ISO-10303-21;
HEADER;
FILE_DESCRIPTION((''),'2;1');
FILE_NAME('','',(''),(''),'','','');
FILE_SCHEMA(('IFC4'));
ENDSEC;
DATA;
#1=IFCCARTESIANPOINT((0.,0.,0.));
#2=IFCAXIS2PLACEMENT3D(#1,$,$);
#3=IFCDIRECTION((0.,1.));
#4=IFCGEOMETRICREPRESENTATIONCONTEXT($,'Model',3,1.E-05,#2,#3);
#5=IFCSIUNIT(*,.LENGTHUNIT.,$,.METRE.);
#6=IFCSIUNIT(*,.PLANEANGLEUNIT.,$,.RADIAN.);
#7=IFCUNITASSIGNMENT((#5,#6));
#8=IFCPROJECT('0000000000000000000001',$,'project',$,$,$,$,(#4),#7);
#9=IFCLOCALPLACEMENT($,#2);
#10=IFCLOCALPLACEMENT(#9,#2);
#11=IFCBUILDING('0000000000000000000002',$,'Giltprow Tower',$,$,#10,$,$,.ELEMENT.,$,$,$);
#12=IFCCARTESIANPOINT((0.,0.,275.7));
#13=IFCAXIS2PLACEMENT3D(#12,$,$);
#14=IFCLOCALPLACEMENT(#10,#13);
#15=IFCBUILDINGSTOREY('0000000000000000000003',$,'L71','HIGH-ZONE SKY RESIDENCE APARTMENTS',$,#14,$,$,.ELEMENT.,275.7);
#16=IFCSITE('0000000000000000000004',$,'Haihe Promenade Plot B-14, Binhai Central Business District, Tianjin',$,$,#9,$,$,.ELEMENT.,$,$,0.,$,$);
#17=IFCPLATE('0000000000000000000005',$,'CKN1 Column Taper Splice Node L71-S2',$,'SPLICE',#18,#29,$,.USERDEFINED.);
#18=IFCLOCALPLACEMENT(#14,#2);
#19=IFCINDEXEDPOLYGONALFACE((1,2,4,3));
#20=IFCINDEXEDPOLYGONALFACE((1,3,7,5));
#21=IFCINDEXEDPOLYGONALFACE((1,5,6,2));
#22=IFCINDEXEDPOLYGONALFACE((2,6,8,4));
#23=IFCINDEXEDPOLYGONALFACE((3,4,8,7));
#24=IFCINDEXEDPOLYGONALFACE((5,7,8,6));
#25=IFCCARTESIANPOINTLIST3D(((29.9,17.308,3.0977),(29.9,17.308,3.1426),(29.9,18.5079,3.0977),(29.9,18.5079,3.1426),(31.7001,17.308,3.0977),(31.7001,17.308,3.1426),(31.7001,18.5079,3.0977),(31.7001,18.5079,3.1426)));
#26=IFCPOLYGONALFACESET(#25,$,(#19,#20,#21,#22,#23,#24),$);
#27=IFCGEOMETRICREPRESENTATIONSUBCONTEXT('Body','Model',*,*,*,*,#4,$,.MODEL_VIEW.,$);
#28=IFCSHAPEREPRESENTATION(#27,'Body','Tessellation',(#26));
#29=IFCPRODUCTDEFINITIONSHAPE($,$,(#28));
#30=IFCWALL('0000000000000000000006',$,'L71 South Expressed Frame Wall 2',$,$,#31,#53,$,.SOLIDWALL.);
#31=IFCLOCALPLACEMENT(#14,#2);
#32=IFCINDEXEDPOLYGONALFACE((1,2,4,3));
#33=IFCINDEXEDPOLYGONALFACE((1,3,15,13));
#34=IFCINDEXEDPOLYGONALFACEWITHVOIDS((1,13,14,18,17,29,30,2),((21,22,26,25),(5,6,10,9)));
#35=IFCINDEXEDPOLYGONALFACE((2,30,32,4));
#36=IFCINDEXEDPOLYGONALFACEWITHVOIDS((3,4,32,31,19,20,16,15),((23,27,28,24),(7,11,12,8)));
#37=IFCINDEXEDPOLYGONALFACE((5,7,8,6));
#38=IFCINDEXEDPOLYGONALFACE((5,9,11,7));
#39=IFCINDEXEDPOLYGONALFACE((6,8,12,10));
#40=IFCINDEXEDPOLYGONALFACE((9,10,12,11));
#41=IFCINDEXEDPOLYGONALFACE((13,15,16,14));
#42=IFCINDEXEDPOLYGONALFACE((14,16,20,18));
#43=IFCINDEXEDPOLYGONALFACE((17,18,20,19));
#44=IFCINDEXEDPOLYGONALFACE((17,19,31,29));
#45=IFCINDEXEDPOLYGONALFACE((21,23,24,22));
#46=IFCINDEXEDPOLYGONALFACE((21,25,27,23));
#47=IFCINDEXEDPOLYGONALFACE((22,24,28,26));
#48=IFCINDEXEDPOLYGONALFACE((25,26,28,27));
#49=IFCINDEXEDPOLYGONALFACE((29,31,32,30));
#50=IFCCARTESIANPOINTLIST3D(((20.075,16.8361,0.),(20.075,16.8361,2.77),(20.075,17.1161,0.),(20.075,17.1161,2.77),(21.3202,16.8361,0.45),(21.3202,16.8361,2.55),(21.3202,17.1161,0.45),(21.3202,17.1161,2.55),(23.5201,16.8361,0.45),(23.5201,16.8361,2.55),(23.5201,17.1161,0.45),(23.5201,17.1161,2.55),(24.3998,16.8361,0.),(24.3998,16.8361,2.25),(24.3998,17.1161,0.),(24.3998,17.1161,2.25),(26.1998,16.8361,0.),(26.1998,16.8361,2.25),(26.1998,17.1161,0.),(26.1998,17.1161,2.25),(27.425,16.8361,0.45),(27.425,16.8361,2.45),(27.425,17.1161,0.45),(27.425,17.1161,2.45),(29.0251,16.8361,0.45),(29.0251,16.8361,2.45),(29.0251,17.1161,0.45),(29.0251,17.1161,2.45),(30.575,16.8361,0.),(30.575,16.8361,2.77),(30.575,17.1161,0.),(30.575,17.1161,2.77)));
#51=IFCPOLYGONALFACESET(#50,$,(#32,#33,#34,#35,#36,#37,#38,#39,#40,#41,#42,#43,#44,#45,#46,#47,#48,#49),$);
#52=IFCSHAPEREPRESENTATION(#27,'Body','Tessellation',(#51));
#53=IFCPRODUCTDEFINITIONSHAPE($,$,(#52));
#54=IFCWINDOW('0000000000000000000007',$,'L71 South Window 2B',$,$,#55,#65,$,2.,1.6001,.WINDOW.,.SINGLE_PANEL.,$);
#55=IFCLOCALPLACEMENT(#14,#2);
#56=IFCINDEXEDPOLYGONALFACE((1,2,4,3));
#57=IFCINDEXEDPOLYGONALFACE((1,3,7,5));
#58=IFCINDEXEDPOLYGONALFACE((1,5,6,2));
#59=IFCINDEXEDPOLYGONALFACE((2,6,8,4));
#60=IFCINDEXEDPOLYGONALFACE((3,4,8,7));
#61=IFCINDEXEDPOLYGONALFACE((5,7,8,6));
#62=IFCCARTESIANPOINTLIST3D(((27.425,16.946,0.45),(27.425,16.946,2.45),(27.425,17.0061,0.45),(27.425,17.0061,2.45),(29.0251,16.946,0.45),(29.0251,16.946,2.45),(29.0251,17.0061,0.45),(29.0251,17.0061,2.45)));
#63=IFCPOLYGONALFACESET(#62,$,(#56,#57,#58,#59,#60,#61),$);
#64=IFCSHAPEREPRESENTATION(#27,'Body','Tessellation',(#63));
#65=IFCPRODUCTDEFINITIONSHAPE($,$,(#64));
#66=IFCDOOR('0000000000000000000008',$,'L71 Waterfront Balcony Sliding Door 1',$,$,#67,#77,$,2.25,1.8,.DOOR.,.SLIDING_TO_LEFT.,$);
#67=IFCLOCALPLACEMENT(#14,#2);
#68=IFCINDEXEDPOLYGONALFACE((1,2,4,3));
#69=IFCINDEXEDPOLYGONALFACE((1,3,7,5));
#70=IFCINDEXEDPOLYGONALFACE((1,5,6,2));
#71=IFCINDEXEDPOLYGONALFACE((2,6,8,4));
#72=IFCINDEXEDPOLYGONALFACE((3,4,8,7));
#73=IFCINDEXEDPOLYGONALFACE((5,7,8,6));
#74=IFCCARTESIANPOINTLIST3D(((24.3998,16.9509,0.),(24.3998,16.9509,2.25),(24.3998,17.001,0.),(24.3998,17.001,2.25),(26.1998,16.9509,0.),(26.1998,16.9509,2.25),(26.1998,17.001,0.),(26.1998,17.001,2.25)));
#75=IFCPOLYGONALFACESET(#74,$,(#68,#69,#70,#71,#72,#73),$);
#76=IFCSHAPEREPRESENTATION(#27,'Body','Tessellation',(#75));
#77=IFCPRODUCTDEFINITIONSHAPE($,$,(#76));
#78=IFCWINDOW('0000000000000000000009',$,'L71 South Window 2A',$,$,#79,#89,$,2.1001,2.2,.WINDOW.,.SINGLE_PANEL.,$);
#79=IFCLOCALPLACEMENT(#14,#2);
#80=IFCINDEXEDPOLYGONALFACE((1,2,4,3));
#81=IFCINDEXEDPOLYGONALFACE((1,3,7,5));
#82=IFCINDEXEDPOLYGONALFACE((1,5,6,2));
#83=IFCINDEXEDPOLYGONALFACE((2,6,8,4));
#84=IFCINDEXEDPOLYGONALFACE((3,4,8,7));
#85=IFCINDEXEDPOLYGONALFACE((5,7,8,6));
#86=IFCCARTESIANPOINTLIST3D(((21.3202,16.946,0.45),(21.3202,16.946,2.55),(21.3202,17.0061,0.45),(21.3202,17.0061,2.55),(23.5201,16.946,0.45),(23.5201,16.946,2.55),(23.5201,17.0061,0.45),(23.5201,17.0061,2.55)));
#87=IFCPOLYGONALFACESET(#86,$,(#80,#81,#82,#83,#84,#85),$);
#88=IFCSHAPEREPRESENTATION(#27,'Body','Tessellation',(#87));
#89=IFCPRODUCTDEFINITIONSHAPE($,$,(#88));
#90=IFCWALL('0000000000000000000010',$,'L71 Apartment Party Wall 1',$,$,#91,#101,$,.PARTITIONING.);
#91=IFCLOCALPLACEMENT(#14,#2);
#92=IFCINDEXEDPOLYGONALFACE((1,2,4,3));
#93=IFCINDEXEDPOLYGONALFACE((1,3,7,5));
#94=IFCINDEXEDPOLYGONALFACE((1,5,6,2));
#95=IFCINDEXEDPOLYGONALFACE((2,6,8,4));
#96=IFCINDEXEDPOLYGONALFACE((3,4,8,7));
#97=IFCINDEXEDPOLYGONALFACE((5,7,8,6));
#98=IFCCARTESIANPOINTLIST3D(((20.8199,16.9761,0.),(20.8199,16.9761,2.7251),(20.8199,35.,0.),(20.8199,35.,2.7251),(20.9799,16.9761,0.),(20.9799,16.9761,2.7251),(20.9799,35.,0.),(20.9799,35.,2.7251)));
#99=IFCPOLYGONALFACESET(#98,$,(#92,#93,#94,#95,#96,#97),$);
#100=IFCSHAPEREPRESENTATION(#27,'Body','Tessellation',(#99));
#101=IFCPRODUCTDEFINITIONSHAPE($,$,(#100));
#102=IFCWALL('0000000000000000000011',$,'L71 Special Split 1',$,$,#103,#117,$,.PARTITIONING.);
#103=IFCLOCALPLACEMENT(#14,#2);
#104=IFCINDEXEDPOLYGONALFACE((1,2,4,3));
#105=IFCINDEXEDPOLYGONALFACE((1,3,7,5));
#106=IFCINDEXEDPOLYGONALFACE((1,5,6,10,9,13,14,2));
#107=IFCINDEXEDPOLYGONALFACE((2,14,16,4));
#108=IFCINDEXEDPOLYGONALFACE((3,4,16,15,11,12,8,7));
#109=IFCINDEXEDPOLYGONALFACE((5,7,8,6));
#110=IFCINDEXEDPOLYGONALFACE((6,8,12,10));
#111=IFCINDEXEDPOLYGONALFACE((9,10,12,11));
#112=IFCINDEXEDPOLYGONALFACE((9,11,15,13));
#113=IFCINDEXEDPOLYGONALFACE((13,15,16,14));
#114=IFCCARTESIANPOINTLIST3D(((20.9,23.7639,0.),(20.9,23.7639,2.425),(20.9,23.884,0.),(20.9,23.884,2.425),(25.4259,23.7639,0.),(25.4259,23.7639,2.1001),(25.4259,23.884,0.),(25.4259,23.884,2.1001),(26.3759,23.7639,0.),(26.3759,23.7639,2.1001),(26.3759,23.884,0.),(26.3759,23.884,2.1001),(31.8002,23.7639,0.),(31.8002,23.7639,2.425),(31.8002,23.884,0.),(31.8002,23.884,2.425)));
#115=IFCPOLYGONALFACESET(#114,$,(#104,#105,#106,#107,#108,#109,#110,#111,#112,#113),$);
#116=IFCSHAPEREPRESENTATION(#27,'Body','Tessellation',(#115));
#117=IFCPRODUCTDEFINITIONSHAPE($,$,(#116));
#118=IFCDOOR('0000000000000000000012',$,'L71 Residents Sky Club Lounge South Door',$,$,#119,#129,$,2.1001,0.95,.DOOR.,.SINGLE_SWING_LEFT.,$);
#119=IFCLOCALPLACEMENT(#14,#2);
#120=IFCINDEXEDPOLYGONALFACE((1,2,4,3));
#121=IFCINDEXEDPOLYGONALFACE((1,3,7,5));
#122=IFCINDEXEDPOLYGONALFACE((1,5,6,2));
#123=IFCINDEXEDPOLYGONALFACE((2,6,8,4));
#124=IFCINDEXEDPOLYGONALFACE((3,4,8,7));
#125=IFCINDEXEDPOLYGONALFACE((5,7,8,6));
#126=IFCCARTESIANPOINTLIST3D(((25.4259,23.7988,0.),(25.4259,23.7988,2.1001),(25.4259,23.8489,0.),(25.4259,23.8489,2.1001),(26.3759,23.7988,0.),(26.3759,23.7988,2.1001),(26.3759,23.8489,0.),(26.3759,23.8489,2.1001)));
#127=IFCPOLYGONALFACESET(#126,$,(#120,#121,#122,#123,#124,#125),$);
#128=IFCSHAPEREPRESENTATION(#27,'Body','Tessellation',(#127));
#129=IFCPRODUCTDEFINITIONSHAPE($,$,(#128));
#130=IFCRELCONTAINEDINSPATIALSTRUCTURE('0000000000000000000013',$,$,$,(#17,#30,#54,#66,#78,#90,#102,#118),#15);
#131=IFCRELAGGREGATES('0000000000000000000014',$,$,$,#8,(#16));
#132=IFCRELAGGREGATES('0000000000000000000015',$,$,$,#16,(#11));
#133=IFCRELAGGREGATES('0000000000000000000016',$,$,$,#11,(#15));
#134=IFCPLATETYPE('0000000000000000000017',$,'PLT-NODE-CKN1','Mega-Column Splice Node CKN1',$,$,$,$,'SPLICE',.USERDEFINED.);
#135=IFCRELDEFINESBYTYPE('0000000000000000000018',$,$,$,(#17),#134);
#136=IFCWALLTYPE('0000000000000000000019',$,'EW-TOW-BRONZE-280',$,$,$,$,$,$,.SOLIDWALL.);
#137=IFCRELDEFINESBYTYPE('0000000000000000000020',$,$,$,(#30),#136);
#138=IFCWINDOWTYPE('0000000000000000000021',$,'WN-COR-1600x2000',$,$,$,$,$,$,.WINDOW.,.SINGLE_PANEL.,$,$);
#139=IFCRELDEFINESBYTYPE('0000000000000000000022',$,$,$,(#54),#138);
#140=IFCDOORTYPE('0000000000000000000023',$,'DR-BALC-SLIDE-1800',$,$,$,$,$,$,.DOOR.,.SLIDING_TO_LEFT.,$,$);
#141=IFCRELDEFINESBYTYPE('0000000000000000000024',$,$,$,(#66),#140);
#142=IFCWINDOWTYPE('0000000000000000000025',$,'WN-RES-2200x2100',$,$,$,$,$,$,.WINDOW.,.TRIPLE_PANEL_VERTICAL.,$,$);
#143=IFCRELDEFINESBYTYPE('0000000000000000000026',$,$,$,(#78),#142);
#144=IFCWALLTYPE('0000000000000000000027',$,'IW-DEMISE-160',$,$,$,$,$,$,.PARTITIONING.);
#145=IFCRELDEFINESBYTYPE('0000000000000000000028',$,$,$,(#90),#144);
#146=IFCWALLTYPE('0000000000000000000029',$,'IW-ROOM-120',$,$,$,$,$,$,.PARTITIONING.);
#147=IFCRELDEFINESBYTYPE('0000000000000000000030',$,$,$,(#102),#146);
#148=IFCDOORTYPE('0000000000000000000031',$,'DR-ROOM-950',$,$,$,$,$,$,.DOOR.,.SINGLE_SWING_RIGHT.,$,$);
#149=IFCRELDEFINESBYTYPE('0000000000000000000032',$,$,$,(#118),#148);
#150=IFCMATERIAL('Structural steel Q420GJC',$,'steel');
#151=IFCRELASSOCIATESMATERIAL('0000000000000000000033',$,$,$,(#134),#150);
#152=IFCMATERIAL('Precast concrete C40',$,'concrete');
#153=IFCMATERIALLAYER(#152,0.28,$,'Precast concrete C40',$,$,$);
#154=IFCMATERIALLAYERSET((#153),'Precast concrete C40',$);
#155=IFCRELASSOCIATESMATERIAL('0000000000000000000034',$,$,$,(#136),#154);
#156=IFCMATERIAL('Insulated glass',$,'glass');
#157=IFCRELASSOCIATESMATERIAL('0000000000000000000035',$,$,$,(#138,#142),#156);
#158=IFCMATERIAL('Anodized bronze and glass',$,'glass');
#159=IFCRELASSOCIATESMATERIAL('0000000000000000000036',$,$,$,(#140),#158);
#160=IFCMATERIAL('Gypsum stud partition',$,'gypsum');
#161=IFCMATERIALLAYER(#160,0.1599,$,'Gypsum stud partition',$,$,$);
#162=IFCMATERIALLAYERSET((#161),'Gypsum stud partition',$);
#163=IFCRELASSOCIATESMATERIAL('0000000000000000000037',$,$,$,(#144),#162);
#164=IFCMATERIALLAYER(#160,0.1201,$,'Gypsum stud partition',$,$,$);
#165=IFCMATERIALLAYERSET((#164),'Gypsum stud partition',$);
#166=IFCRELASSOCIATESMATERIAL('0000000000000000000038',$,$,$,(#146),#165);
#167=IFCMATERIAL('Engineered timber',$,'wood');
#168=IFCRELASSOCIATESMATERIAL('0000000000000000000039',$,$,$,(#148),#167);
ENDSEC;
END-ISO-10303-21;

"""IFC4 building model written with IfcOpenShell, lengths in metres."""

from ifc_helpers import new_model, si_unit, direction, frame, frame_2d, origin, origin_2d, place, context, subcontext, project, spatial, rectangle, extrude, source, transform, mapped, material, layer, layer_set, type_object, element, fill, save


model = new_model("IFC4")

# Units and contexts
model_context = context("Model", 3, precision=1e-05, world=origin(), true_north=direction((0.0, 1.0)))
body_context = subcontext(model_context, "Body", "Model", "MODEL_VIEW")
ifc_project = project(units=[si_unit("LENGTHUNIT", "METRE"), si_unit("PLANEANGLEUNIT", "RADIAN")], contexts=[model_context])

# Site, building, storey
site_placement = place(None, origin())
site = spatial("IfcSite", under=ifc_project, at=site_placement, Name="Haihe Promenade Plot B-14, Binhai Central Business District, Tianjin", CompositionType="ELEMENT", RefElevation=0.0)
building_placement = place(site_placement, origin())
building = spatial("IfcBuilding", under=site, at=building_placement, Name="Giltprow Tower", CompositionType="ELEMENT")
storey_placement = place(building_placement, frame((0.0, 0.0, 275.7)))
storey = spatial("IfcBuildingStorey", under=building, at=storey_placement, Name="L71", Description="HIGH-ZONE SKY RESIDENCE APARTMENTS", CompositionType="ELEMENT", Elevation=275.7)

# Plate
ifc_material_1 = material(Name="Structural steel Q420GJC", Category="steel")
plate_type = type_object("IfcPlateType", Name="PLT-NODE-CKN1", Description="Mega-Column Splice Node CKN1", ElementType="SPLICE", PredefinedType="USERDEFINED", material=ifc_material_1)
shared_shape_1 = source(origin(), body_context, "Body", "SweptSolid", [
    extrude(rectangle(XDim=1.8, YDim=1.2, at=origin_2d()), origin(), (0.0, 0.0, 1.0), 0.0449),
])
plate_placement = place(storey_placement, frame((30.8, 17.908, 3.0977), z_axis=(0.0, 0.0, 1.0), x_axis=(1.0, 0.0, 0.0)))
element("IfcPlate", 1, at=plate_placement, inside=storey, type_object=plate_type, Name="CKN1 Column Taper Splice Node L71-S2", ObjectType="SPLICE", PredefinedType="USERDEFINED", context=body_context, shape_type="MappedRepresentation", body=[
    mapped(shared_shape_1, transform((0.0, 0.0, 0.0), x_axis=(1.0, 0.0, 0.0), y_axis=(0.0, 1.0, 0.0), z_axis=(0.0, 0.0, 1.0), scale=1.0)),
])

# Wall, openings, windows, door
ifc_material_2 = material(Name="Precast concrete C40", Category="concrete")
ifc_layer_1 = layer(ifc_material_2, 0.28, Name="Precast concrete C40")
ifc_layer_set_1 = layer_set([ifc_layer_1], Name="Precast concrete C40")
wall_type_1 = type_object("IfcWallType", Name="EW-TOW-BRONZE-280", PredefinedType="SOLIDWALL", material=ifc_layer_set_1)
wall_1_placement = place(storey_placement, frame((20.075, 16.9761, 0.0), z_axis=(0.0, 0.0, 1.0), x_axis=(1.0, 0.0, 0.0)))
wall_1 = element("IfcWall", 2, at=wall_1_placement, inside=storey, type_object=wall_type_1, Name="L71 South Expressed Frame Wall 2", PredefinedType="SOLIDWALL", context=body_context, shape_type="SweptSolid", body=[
    extrude(rectangle(XDim=10.5, YDim=0.28, at=frame_2d((5.25, 0.0))), origin(), (0.0, 0.0, 1.0), 2.77),
])
opening_1_placement = place(wall_1_placement, frame((4.325, 0.0, 0.0)))
opening_1 = element("IfcOpeningElement", 3, at=opening_1_placement, cuts=wall_1, PredefinedType="OPENING", context=body_context, shape_type="SweptSolid", body=[
    extrude(rectangle(XDim=1.8, YDim=2.25, at=frame_2d((0.8999, 1.125))), frame((0.0, 0.1499, 0.0), z_axis=(0.0, -1.0, 0.0), x_axis=(1.0, 0.0, 0.0)), (0.0, 0.0, 1.0), 0.3),
])
opening_2_placement = place(wall_1_placement, frame((1.2451, 0.0, 0.45)))
opening_2 = element("IfcOpeningElement", 4, at=opening_2_placement, cuts=wall_1, PredefinedType="OPENING", context=body_context, shape_type="SweptSolid", body=[
    extrude(rectangle(XDim=2.2, YDim=2.1001, at=frame_2d((1.1001, 1.05))), frame((0.0, 0.1499, 0.0), z_axis=(0.0, -1.0, 0.0), x_axis=(1.0, 0.0, 0.0)), (0.0, 0.0, 1.0), 0.3),
])
opening_3_placement = place(wall_1_placement, frame((7.3501, 0.0, 0.45)))
opening_3 = element("IfcOpeningElement", 5, at=opening_3_placement, cuts=wall_1, PredefinedType="OPENING", context=body_context, shape_type="SweptSolid", body=[
    extrude(rectangle(XDim=1.6001, YDim=2.0, at=frame_2d((0.8, 1.0))), frame((0.0, 0.1499, 0.0), z_axis=(0.0, -1.0, 0.0), x_axis=(1.0, 0.0, 0.0)), (0.0, 0.0, 1.0), 0.3),
])
ifc_material_3 = material(Name="Insulated glass", Category="glass")
window_type_1 = type_object("IfcWindowType", Name="WN-COR-1600x2000", PartitioningType="SINGLE_PANEL", PredefinedType="WINDOW", material=ifc_material_3)
shared_shape_2 = source(origin(), body_context, "Body", "SweptSolid", [
    extrude(rectangle(XDim=1.6001, YDim=2.0, at=frame_2d((0.8, 1.0))), frame((0.0, 0.03, 0.0), z_axis=(0.0, -1.0, 0.0), x_axis=(1.0, 0.0, 0.0)), (0.0, 0.0, 1.0), 0.0601),
])
window_1_placement = place(opening_3_placement, origin())
window_1 = element("IfcWindow", 6, at=window_1_placement, inside=storey, type_object=window_type_1, Name="L71 South Window 2B", OverallHeight=2.0, OverallWidth=1.6001, PartitioningType="SINGLE_PANEL", PredefinedType="WINDOW", context=body_context, shape_type="MappedRepresentation", body=[
    mapped(shared_shape_2, transform((0.0, 0.0, 0.0), x_axis=(1.0, 0.0, 0.0), y_axis=(0.0, 1.0, 0.0), z_axis=(0.0, 0.0, 1.0), scale=1.0)),
])
fill(opening_3, window_1)
ifc_material_4 = material(Name="Anodized bronze and glass", Category="glass")
door_type_1 = type_object("IfcDoorType", Name="DR-BALC-SLIDE-1800", OperationType="SLIDING_TO_LEFT", PredefinedType="DOOR", material=ifc_material_4)
shared_shape_3 = source(origin(), body_context, "Body", "SweptSolid", [
    extrude(rectangle(XDim=1.8, YDim=2.25, at=frame_2d((0.8999, 1.125))), frame((0.0, 0.0249, 0.0), z_axis=(0.0, -1.0, 0.0), x_axis=(1.0, 0.0, 0.0)), (0.0, 0.0, 1.0), 0.05),
])
door_1_placement = place(opening_1_placement, origin())
door_1 = element("IfcDoor", 7, at=door_1_placement, inside=storey, type_object=door_type_1, Name="L71 Waterfront Balcony Sliding Door 1", OperationType="SLIDING_TO_LEFT", OverallHeight=2.25, OverallWidth=1.8, PredefinedType="DOOR", context=body_context, shape_type="MappedRepresentation", body=[
    mapped(shared_shape_3, transform((0.0, 0.0, 0.0), x_axis=(1.0, 0.0, 0.0), y_axis=(0.0, 1.0, 0.0), z_axis=(0.0, 0.0, 1.0), scale=1.0)),
])
fill(opening_1, door_1)
window_type_2 = type_object("IfcWindowType", Name="WN-RES-2200x2100", PartitioningType="TRIPLE_PANEL_VERTICAL", PredefinedType="WINDOW", material=ifc_material_3)
shared_shape_4 = source(origin(), body_context, "Body", "SweptSolid", [
    extrude(rectangle(XDim=2.2, YDim=2.1001, at=frame_2d((1.1001, 1.05))), frame((0.0, 0.03, 0.0), z_axis=(0.0, -1.0, 0.0), x_axis=(1.0, 0.0, 0.0)), (0.0, 0.0, 1.0), 0.0601),
])
window_2_placement = place(opening_2_placement, origin())
window_2 = element("IfcWindow", 8, at=window_2_placement, inside=storey, type_object=window_type_2, Name="L71 South Window 2A", OverallHeight=2.1001, OverallWidth=2.2, PartitioningType="SINGLE_PANEL", PredefinedType="WINDOW", context=body_context, shape_type="MappedRepresentation", body=[
    mapped(shared_shape_4, transform((0.0, 0.0, 0.0), x_axis=(1.0, 0.0, 0.0), y_axis=(0.0, 1.0, 0.0), z_axis=(0.0, 0.0, 1.0), scale=1.0)),
])
fill(opening_2, window_2)

# Wall
ifc_material_5 = material(Name="Gypsum stud partition", Category="gypsum")
ifc_layer_2 = layer(ifc_material_5, 0.1599, Name="Gypsum stud partition")
ifc_layer_set_2 = layer_set([ifc_layer_2], Name="Gypsum stud partition")
wall_type_2 = type_object("IfcWallType", Name="IW-DEMISE-160", PredefinedType="PARTITIONING", material=ifc_layer_set_2)
wall_2_placement = place(storey_placement, frame((20.8999, 16.9761, 0.0), z_axis=(0.0, 0.0, 1.0), x_axis=(0.0, 1.0, 0.0)))
element("IfcWall", 9, at=wall_2_placement, inside=storey, type_object=wall_type_2, Name="L71 Apartment Party Wall 1", PredefinedType="PARTITIONING", context=body_context, shape_type="SweptSolid", body=[
    extrude(rectangle(XDim=18.0239, YDim=0.1599, at=frame_2d((9.012, 0.0))), origin(), (0.0, 0.0, 1.0), 2.7251),
])

# Wall, opening, door
ifc_layer_3 = layer(ifc_material_5, 0.1201, Name="Gypsum stud partition")
ifc_layer_set_3 = layer_set([ifc_layer_3], Name="Gypsum stud partition")
wall_type_3 = type_object("IfcWallType", Name="IW-ROOM-120", PredefinedType="PARTITIONING", material=ifc_layer_set_3)
wall_3_placement = place(storey_placement, frame((20.8999, 23.824, 0.0), z_axis=(0.0, 0.0, 1.0), x_axis=(1.0, 0.0, 0.0)))
wall_3 = element("IfcWall", 10, at=wall_3_placement, inside=storey, type_object=wall_type_3, Name="L71 Special Split 1", PredefinedType="PARTITIONING", context=body_context, shape_type="SweptSolid", body=[
    extrude(rectangle(XDim=10.9001, YDim=0.1201, at=frame_2d((5.4502, 0.0))), origin(), (0.0, 0.0, 1.0), 2.425),
])
opening_4_placement = place(wall_3_placement, frame((4.5259, 0.0, 0.0)))
opening_4 = element("IfcOpeningElement", 11, at=opening_4_placement, cuts=wall_3, PredefinedType="OPENING", context=body_context, shape_type="SweptSolid", body=[
    extrude(rectangle(XDim=0.95, YDim=2.1001, at=frame_2d((0.4751, 1.05))), frame((0.0, 0.0701, 0.0), z_axis=(0.0, -1.0, 0.0), x_axis=(1.0, 0.0, 0.0)), (0.0, 0.0, 1.0), 0.1401),
])
ifc_material_6 = material(Name="Engineered timber", Category="wood")
door_type_2 = type_object("IfcDoorType", Name="DR-ROOM-950", OperationType="SINGLE_SWING_RIGHT", PredefinedType="DOOR", material=ifc_material_6)
shared_shape_5 = source(origin(), body_context, "Body", "SweptSolid", [
    extrude(rectangle(XDim=0.95, YDim=2.1001, at=frame_2d((0.4751, 1.05))), frame((0.0, 0.0249, 0.0), z_axis=(0.0, -1.0, 0.0), x_axis=(1.0, 0.0, 0.0)), (0.0, 0.0, 1.0), 0.05),
])
door_2_placement = place(opening_4_placement, origin())
door_2 = element("IfcDoor", 12, at=door_2_placement, inside=storey, type_object=door_type_2, Name="L71 Residents Sky Club Lounge South Door", OperationType="SINGLE_SWING_LEFT", OverallHeight=2.1001, OverallWidth=0.95, PredefinedType="DOOR", context=body_context, shape_type="MappedRepresentation", body=[
    mapped(shared_shape_5, transform((0.0, 0.0, 0.0), x_axis=(1.0, 0.0, 0.0), y_axis=(0.0, 1.0, 0.0), z_axis=(0.0, 0.0, 1.0), scale=1.0)),
])
fill(opening_4, door_2)

save(model, "model.ifc")
